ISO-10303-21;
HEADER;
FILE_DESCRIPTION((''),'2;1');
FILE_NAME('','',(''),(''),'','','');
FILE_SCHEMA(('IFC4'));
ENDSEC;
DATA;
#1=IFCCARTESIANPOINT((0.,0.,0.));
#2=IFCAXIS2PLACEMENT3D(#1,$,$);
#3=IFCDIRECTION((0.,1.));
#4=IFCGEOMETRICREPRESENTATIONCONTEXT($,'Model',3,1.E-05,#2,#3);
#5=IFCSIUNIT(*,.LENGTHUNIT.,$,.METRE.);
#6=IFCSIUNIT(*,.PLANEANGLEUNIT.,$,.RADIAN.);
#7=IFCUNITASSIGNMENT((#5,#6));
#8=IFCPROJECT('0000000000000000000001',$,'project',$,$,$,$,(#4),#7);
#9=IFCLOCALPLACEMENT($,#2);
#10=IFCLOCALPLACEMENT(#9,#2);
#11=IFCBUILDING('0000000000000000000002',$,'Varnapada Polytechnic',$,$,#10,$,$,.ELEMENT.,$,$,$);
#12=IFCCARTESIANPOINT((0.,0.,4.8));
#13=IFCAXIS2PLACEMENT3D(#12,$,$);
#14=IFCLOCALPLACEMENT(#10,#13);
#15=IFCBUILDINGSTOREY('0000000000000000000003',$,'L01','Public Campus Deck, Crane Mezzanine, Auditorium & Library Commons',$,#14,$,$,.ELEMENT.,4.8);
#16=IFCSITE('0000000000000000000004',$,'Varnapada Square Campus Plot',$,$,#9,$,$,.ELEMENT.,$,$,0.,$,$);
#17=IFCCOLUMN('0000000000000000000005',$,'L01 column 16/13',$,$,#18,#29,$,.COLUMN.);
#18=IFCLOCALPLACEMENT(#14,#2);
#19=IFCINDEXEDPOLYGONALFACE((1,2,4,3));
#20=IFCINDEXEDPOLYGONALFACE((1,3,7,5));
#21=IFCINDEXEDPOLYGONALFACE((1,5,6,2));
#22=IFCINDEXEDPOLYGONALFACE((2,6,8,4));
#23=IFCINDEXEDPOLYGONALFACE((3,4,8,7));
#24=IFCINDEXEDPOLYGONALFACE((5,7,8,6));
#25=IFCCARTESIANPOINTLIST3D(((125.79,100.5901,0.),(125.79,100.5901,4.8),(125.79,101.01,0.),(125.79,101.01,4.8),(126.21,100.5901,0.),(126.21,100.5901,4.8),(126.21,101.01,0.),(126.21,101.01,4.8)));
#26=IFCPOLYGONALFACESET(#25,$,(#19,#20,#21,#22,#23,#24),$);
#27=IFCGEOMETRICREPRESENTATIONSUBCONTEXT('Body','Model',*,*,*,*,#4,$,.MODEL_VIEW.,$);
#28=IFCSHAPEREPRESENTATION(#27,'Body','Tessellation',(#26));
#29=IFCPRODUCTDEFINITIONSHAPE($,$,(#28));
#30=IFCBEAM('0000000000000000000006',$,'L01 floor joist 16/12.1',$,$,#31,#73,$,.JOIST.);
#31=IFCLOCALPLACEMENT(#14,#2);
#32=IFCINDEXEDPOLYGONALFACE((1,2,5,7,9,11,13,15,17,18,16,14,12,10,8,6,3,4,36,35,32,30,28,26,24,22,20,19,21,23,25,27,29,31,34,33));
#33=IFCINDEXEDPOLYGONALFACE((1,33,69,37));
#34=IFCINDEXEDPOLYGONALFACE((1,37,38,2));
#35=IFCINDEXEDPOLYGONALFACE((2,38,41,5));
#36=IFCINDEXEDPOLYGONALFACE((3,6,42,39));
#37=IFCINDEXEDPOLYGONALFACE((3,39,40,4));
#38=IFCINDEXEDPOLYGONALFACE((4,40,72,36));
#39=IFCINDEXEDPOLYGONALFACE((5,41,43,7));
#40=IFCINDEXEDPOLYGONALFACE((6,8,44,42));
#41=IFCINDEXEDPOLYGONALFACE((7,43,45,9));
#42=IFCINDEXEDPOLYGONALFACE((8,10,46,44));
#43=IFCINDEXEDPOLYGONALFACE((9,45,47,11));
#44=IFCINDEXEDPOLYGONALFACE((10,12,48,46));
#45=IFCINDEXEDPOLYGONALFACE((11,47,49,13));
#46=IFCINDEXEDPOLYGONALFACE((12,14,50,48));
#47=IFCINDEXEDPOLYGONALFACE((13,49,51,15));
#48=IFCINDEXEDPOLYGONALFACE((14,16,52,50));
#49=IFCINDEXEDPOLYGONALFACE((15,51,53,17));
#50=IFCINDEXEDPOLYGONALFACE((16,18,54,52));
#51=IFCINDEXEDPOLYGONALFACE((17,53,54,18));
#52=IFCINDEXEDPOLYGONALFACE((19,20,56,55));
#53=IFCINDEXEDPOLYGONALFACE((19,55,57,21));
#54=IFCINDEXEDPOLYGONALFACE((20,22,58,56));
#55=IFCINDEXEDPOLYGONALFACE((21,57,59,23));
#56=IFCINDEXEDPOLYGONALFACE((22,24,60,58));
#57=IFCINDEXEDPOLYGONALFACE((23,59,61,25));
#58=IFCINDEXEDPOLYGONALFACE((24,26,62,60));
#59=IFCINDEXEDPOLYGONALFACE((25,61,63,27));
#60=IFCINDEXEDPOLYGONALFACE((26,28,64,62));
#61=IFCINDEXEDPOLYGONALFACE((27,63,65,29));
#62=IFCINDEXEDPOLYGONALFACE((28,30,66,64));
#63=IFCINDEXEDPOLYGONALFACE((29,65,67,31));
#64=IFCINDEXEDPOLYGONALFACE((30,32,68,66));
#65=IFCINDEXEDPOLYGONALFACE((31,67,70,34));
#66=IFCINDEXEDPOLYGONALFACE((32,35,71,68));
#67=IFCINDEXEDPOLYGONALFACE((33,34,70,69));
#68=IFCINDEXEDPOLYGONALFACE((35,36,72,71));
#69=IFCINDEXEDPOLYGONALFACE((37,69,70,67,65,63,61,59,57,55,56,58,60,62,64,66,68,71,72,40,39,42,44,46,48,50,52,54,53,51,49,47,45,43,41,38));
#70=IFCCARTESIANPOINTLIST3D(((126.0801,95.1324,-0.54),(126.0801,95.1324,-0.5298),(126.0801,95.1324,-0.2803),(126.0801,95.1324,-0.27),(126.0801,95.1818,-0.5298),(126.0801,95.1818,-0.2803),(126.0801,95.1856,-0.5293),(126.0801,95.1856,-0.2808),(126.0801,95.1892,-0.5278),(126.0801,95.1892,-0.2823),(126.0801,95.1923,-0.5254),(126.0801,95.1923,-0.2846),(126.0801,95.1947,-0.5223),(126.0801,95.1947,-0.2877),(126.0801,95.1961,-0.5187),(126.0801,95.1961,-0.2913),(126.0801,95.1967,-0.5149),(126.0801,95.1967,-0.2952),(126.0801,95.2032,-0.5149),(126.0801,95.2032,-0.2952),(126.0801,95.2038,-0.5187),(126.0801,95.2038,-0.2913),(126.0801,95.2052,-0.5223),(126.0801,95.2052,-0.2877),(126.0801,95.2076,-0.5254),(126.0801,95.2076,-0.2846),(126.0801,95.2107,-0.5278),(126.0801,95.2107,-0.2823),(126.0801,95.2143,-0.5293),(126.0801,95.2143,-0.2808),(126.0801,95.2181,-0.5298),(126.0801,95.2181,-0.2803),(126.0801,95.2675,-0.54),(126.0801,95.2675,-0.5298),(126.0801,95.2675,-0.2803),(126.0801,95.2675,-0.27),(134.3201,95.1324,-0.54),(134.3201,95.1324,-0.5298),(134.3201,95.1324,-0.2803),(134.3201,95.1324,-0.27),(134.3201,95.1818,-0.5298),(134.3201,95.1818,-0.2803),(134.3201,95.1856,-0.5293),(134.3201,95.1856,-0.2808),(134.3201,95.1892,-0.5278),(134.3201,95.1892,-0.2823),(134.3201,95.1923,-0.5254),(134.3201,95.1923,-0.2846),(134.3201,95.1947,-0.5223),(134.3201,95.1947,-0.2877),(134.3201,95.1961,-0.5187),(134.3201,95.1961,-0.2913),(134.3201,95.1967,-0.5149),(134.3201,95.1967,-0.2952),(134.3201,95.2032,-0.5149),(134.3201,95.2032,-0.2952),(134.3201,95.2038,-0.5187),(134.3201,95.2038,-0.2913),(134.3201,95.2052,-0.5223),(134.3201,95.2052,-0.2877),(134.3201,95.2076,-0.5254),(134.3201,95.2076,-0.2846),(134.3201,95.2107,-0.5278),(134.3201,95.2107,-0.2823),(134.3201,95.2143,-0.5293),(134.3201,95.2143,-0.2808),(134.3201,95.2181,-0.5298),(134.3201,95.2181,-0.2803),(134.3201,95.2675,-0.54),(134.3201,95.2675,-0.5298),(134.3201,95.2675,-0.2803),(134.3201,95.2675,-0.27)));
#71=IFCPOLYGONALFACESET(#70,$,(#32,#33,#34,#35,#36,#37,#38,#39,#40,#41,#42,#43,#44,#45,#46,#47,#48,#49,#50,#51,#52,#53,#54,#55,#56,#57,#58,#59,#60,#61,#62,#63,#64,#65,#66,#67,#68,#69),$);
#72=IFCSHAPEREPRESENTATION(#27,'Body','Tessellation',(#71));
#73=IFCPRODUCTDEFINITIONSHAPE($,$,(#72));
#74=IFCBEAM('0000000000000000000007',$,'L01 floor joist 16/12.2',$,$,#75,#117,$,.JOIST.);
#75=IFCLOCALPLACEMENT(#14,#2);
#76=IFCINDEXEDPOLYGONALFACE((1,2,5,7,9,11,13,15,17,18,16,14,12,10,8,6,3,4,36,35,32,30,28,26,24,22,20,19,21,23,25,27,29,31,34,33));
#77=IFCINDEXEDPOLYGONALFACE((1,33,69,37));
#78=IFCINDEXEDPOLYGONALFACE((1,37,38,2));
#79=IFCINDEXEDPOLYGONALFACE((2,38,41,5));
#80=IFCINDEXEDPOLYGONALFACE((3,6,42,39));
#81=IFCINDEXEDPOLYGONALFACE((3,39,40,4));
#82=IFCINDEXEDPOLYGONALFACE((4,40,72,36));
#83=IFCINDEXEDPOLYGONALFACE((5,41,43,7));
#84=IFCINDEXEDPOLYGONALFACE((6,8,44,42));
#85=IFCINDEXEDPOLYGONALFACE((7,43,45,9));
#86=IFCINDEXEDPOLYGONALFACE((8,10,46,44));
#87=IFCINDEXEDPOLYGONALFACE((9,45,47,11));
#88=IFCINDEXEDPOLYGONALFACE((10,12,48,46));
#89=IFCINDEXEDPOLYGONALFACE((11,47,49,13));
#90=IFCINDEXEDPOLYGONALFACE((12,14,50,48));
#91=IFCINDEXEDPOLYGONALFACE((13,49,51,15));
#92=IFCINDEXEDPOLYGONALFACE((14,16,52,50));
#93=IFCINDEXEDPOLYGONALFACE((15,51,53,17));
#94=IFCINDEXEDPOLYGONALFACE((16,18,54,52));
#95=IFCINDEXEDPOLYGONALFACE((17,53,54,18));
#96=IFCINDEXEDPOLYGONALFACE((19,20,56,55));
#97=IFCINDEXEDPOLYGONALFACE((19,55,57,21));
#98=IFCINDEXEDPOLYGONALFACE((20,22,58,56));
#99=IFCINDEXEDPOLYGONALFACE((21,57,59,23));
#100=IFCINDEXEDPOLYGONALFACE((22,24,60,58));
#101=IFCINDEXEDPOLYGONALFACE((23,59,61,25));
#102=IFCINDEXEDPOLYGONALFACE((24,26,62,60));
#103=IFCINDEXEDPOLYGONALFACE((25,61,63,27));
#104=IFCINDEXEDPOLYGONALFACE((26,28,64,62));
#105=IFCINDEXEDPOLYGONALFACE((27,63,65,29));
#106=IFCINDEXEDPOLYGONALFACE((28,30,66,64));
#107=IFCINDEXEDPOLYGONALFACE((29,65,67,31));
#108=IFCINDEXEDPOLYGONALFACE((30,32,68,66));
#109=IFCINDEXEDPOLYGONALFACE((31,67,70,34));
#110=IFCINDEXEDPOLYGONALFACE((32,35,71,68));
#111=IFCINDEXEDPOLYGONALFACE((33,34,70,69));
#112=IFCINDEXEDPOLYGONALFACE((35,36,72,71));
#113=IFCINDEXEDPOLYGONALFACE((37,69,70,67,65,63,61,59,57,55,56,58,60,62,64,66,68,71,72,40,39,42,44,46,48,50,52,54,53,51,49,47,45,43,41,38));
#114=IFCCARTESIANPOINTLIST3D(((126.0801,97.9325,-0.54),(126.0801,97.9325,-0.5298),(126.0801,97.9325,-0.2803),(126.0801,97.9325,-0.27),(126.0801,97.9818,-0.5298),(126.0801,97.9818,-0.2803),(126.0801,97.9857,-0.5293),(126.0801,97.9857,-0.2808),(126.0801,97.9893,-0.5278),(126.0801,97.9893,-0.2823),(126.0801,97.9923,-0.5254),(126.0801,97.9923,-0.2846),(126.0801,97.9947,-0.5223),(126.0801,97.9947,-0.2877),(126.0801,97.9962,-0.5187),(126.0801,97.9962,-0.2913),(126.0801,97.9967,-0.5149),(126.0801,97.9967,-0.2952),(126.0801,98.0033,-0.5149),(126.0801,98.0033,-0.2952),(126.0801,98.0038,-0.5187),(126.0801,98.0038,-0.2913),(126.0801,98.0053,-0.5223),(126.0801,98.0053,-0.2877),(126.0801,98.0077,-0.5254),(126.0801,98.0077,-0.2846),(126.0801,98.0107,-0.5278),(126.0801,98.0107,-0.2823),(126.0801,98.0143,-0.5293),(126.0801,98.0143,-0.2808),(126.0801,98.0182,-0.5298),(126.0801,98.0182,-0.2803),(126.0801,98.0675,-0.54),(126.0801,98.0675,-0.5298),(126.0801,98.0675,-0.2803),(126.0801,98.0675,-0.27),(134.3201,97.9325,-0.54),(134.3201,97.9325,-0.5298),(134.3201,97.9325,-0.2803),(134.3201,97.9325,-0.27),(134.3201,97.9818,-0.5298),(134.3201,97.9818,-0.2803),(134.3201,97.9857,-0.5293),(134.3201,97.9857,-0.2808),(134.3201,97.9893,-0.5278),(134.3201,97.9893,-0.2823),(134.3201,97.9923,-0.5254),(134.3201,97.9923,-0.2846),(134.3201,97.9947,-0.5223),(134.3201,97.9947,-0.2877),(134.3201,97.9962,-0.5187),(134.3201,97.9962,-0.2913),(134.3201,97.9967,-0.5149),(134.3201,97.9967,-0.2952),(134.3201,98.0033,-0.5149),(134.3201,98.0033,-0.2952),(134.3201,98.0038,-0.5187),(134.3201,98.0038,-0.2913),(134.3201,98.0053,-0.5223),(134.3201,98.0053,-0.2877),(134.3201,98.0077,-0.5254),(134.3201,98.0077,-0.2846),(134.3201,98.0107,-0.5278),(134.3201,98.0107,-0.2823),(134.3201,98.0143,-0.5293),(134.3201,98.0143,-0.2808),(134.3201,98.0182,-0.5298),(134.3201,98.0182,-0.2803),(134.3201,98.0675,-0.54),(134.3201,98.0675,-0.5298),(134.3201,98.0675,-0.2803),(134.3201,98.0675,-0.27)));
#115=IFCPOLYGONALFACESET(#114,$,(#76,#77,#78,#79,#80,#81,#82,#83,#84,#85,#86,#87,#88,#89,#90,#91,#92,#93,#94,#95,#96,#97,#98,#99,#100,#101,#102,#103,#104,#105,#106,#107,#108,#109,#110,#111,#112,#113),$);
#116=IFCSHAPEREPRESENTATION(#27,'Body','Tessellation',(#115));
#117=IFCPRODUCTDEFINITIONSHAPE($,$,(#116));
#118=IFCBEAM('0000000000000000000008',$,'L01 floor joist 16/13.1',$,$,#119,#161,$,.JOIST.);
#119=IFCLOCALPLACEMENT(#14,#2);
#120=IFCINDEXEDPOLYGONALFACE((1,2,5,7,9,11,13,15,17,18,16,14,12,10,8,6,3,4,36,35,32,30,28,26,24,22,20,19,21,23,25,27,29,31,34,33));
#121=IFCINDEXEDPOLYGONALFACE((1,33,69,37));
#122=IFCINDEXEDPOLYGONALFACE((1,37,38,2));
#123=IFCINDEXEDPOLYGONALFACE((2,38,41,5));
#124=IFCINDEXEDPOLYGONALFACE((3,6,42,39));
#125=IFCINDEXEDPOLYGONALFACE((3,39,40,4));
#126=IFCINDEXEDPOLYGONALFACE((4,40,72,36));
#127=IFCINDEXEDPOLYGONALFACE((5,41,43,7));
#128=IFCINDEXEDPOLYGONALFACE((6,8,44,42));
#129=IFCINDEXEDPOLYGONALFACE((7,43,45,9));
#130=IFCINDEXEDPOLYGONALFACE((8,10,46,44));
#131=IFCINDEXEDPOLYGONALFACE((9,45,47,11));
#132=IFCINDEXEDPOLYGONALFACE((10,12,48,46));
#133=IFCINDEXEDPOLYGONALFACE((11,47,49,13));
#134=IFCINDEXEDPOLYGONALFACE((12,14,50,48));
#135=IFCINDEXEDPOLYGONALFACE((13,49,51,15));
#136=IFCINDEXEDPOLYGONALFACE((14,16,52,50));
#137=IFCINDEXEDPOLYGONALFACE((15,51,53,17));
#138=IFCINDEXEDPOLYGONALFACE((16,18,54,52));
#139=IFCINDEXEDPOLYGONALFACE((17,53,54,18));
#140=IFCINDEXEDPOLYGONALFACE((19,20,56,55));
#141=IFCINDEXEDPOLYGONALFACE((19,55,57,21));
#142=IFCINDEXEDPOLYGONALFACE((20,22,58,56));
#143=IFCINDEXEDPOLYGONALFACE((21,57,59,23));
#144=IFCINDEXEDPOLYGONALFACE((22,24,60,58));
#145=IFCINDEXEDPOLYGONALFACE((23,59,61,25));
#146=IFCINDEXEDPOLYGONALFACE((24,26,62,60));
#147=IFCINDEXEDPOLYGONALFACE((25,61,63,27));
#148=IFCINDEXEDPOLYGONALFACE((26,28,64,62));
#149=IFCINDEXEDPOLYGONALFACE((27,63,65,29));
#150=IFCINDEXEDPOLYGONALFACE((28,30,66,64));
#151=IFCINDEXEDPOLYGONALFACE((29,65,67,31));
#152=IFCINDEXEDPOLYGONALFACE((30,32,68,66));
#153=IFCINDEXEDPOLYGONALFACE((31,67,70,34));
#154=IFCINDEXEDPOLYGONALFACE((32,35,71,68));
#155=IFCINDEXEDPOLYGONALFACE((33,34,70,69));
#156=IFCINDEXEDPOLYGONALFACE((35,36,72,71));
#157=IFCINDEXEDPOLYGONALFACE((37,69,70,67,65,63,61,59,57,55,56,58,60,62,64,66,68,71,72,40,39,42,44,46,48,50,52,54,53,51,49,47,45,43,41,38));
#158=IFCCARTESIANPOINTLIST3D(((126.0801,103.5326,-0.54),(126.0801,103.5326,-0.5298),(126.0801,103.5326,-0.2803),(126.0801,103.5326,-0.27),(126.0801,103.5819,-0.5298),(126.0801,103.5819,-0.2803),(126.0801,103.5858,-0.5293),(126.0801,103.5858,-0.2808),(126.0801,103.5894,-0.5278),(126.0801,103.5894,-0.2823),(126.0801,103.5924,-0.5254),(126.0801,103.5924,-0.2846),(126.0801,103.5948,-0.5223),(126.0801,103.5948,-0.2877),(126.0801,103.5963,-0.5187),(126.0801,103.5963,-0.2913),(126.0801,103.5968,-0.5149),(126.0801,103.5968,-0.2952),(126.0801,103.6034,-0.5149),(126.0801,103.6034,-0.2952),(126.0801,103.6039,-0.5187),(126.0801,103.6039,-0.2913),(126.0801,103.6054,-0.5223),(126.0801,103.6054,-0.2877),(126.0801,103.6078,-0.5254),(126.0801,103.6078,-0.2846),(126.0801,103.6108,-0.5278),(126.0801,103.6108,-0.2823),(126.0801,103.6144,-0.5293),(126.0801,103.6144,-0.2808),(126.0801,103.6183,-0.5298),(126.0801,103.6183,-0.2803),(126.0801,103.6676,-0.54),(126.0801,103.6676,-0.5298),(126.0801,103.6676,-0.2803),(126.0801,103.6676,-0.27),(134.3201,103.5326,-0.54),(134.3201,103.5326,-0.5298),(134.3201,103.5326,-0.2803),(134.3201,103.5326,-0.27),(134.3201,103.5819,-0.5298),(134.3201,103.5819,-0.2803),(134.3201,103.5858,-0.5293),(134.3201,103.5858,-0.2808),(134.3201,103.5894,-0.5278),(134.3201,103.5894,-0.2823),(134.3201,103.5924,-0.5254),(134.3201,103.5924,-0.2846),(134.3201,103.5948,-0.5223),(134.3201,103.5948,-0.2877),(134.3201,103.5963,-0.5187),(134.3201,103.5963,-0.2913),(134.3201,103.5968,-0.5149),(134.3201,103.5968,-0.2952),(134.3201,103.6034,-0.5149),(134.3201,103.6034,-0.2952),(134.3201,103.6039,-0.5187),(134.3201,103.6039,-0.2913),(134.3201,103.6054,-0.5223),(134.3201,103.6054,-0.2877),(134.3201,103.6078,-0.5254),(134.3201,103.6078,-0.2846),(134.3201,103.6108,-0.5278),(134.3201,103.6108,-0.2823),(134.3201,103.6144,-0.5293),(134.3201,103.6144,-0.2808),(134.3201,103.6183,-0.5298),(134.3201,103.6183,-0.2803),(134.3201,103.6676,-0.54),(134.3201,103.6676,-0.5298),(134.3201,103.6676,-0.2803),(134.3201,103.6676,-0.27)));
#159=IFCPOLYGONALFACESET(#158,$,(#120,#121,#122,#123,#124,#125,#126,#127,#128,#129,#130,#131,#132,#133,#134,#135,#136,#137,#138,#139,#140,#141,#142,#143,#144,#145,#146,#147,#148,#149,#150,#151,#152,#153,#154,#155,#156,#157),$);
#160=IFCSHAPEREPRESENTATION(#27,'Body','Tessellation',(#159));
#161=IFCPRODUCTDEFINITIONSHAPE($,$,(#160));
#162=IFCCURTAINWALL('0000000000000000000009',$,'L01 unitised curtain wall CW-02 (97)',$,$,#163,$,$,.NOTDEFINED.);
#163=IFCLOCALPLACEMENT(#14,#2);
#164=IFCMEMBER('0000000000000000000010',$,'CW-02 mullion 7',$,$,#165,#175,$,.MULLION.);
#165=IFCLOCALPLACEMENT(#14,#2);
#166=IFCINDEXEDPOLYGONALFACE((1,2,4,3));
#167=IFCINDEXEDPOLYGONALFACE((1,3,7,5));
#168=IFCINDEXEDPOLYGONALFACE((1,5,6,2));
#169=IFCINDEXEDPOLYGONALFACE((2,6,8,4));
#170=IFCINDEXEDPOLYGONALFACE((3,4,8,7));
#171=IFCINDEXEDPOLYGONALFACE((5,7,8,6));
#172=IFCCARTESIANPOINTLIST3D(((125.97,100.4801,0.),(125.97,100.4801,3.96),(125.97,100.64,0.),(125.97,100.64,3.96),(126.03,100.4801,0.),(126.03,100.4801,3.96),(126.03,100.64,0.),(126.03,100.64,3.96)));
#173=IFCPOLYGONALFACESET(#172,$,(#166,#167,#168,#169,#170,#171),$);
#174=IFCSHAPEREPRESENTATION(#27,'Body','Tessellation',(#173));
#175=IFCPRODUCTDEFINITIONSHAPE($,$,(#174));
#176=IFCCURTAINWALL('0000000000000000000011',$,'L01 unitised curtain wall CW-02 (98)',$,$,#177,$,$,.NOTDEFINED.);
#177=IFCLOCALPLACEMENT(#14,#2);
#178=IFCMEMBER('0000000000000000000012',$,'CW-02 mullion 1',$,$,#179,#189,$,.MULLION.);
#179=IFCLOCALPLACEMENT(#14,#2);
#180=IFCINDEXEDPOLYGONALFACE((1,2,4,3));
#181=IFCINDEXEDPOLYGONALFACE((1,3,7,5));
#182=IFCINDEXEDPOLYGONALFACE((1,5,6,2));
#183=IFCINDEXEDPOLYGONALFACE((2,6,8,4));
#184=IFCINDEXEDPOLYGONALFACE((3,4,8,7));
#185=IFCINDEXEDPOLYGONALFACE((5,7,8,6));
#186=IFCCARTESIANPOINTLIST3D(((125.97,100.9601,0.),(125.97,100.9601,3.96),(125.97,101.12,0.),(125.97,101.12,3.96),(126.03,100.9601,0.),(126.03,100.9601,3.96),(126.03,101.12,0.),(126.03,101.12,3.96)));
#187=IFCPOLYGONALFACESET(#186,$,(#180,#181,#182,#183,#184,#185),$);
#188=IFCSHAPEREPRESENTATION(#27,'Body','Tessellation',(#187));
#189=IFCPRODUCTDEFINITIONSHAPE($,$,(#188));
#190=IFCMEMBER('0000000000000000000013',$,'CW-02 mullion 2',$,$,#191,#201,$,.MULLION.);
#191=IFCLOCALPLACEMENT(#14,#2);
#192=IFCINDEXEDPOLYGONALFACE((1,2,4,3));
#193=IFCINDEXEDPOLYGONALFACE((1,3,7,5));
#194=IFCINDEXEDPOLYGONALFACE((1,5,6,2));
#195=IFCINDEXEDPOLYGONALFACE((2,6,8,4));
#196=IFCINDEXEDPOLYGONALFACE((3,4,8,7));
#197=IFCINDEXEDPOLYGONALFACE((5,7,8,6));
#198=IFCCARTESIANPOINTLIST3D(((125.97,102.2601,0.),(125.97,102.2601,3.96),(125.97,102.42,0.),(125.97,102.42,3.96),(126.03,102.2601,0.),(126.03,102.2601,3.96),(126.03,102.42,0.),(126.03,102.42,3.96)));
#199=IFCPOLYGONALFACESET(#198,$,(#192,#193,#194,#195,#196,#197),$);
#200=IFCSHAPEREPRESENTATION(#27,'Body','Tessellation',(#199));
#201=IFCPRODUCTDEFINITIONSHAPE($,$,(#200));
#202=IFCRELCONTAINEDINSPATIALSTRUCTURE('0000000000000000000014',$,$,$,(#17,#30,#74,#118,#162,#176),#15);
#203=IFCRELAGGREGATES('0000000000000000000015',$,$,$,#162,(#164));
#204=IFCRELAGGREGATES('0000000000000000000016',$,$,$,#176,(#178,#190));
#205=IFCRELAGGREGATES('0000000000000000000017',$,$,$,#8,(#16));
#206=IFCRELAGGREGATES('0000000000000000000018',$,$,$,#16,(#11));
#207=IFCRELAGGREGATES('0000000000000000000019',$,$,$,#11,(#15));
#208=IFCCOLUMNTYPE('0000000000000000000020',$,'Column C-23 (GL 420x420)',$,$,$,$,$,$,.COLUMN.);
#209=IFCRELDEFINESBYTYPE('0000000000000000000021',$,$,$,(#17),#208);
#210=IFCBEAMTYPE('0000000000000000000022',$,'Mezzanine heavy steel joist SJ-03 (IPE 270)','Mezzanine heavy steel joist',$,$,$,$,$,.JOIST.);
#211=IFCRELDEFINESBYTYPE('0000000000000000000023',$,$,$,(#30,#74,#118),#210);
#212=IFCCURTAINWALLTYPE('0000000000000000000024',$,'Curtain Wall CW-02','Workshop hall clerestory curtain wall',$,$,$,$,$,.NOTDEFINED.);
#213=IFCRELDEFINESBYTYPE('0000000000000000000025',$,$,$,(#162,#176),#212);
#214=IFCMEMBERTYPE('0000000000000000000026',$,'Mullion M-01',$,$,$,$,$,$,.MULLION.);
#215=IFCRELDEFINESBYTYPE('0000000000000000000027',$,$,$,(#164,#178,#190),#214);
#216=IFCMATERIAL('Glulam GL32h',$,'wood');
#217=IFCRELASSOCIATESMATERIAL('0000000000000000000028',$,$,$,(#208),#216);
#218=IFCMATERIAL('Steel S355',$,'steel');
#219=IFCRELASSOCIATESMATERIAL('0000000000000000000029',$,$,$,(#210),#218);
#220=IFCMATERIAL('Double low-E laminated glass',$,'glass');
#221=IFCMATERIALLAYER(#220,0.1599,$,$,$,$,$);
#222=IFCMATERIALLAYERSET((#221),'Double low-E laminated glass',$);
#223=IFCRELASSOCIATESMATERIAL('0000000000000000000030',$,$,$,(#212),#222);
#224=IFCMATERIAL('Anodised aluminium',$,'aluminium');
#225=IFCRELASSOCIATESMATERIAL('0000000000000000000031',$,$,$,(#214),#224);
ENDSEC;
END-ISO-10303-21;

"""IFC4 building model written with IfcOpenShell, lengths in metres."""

from ifc_helpers import new_model, si_unit, direction, frame, origin, origin_2d, place, context, subcontext, project, spatial, rectangle, i_section, extrude, material, layer, layer_set, material_profile, profile_set, type_object, element, aggregate, save


model = new_model("IFC4")

# Units and contexts
model_context = context("Model", 3, precision=1e-05, world=origin(), true_north=direction((0.0, 1.0)))
body_context = subcontext(model_context, "Body", "Model", "MODEL_VIEW")
ifc_project = project(units=[si_unit("LENGTHUNIT", "METRE"), si_unit("PLANEANGLEUNIT", "RADIAN")], contexts=[model_context])

# Site, building, storey
site_placement = place(None, origin())
site = spatial("IfcSite", under=ifc_project, at=site_placement, Name="Varnapada Square Campus Plot", CompositionType="ELEMENT", RefElevation=0.0)
building_placement = place(site_placement, origin())
building = spatial("IfcBuilding", under=site, at=building_placement, Name="Varnapada Polytechnic", CompositionType="ELEMENT")
storey_placement = place(building_placement, frame((0.0, 0.0, 4.8)))
storey = spatial("IfcBuildingStorey", under=building, at=storey_placement, Name="L01", Description="Public Campus Deck, Crane Mezzanine, Auditorium & Library Commons", CompositionType="ELEMENT", Elevation=4.8)

# Column
ifc_material_1 = material(Name="Glulam GL32h", Category="wood")
ifc_material_profile_1 = material_profile(ifc_material_1, rectangle(XDim=0.4199, YDim=0.4199, at=origin_2d()), Name="GL 420x420")
ifc_profile_set_1 = profile_set([ifc_material_profile_1], Name="Glulam GL32h")
column_type = type_object("IfcColumnType", Name="Column C-23 (GL 420x420)", PredefinedType="COLUMN", material=ifc_profile_set_1)
column_placement = place(storey_placement, frame((126.0, 100.8, 0.0), z_axis=(0.0, 0.0, 1.0), x_axis=(1.0, 0.0, 0.0)))
element("IfcColumn", 1, at=column_placement, inside=storey, type_object=column_type, Name="L01 column 16/13", PredefinedType="COLUMN", context=body_context, shape_type="SweptSolid", body=[
    extrude(rectangle(XDim=0.4199, YDim=0.4199, at=origin_2d()), origin(), (0.0, 0.0, 1.0), 4.8),
])

# Beams
ifc_material_2 = material(Name="Steel S355", Category="steel")
ifc_material_profile_2 = material_profile(ifc_material_2, i_section(OverallWidth=0.135, OverallDepth=0.27, WebThickness=0.0066, FlangeThickness=0.0103, FilletRadius=0.0149, at=origin_2d()), Name="IPE 270")
ifc_profile_set_2 = profile_set([ifc_material_profile_2], Name="Steel S355")
beam_type_1 = type_object("IfcBeamType", Name="Mezzanine heavy steel joist SJ-03 (IPE 270)", Description="Mezzanine heavy steel joist", PredefinedType="JOIST", material=ifc_profile_set_2)
for number, where, z_axis, x_axis, name in (
    (2, (126.0801, 95.2, -0.405), (1.0, 0.0, 0.0), (0.0, 1.0, 0.0), "L01 floor joist 16/12.1"),
    (3, (126.0801, 98.0, -0.405), (1.0, 0.0, 0.0), (0.0, 1.0, 0.0), "L01 floor joist 16/12.2"),
    (4, (126.0801, 103.6001, -0.405), (1.0, 0.0, 0.0), (0.0, 1.0, 0.0), "L01 floor joist 16/13.1"),
):
    element("IfcBeam", number, at=place(storey_placement, frame(where, z_axis=z_axis, x_axis=x_axis)), inside=storey, type_object=beam_type_1, Name=name, PredefinedType="JOIST", context=body_context, shape_type="SweptSolid", body=[
        extrude(i_section(OverallWidth=0.135, OverallDepth=0.27, WebThickness=0.0066, FlangeThickness=0.0103, FilletRadius=0.0149, at=origin_2d()), origin(), (0.0, 0.0, 1.0), 8.24),
    ])

# Curtain wall, member
ifc_material_3 = material(Name="Double low-E laminated glass", Category="glass")
ifc_layer_1 = layer(ifc_material_3, 0.1599)
ifc_layer_set_1 = layer_set([ifc_layer_1], Name="Double low-E laminated glass")
curtain_wall_type = type_object("IfcCurtainWallType", Name="Curtain Wall CW-02", Description="Workshop hall clerestory curtain wall", PredefinedType="NOTDEFINED", material=ifc_layer_set_1)
curtain_wall_1_placement = place(storey_placement, origin())
curtain_wall_1 = element("IfcCurtainWall", 5, at=curtain_wall_1_placement, inside=storey, type_object=curtain_wall_type, Name="L01 unitised curtain wall CW-02 (97)", PredefinedType="NOTDEFINED")
ifc_material_4 = material(Name="Anodised aluminium", Category="aluminium")
ifc_material_profile_3 = material_profile(ifc_material_4, rectangle(XDim=0.0601, YDim=0.1599, at=origin_2d()), Name="ALU M60x160")
ifc_profile_set_3 = profile_set([ifc_material_profile_3], Name="Anodised aluminium")
member_type_1 = type_object("IfcMemberType", Name="Mullion M-01", PredefinedType="MULLION", material=ifc_profile_set_3)
member_1_placement = place(storey_placement, frame((126.0, 100.5601, 0.0), z_axis=(0.0, 0.0, 1.0), x_axis=(-1.0, 0.0, 0.0)))
member_1 = element("IfcMember", 6, at=member_1_placement, type_object=member_type_1, Name="CW-02 mullion 7", PredefinedType="MULLION", context=body_context, shape_type="SweptSolid", body=[
    extrude(rectangle(XDim=0.0601, YDim=0.1599, at=origin_2d()), origin(), (0.0, 0.0, 1.0), 3.96),
])

# Curtain wall, members
curtain_wall_2_placement = place(storey_placement, origin())
curtain_wall_2 = element("IfcCurtainWall", 7, at=curtain_wall_2_placement, inside=storey, type_object=curtain_wall_type, Name="L01 unitised curtain wall CW-02 (98)", PredefinedType="NOTDEFINED")
member_2_placement = place(storey_placement, frame((126.0, 101.04, 0.0), z_axis=(0.0, 0.0, 1.0), x_axis=(-1.0, 0.0, 0.0)))
member_2 = element("IfcMember", 8, at=member_2_placement, type_object=member_type_1, Name="CW-02 mullion 1", PredefinedType="MULLION", context=body_context, shape_type="SweptSolid", body=[
    extrude(rectangle(XDim=0.0601, YDim=0.1599, at=origin_2d()), origin(), (0.0, 0.0, 1.0), 3.96),
])
member_3_placement = place(storey_placement, frame((126.0, 102.3401, 0.0), z_axis=(0.0, 0.0, 1.0), x_axis=(-1.0, 0.0, 0.0)))
member_3 = element("IfcMember", 9, at=member_3_placement, type_object=member_type_1, Name="CW-02 mullion 2", PredefinedType="MULLION", context=body_context, shape_type="SweptSolid", body=[
    extrude(rectangle(XDim=0.0601, YDim=0.1599, at=origin_2d()), origin(), (0.0, 0.0, 1.0), 3.96),
])

aggregate(curtain_wall_1, [member_1])
aggregate(curtain_wall_2, [member_2, member_3])

save(model, "model.ifc")
